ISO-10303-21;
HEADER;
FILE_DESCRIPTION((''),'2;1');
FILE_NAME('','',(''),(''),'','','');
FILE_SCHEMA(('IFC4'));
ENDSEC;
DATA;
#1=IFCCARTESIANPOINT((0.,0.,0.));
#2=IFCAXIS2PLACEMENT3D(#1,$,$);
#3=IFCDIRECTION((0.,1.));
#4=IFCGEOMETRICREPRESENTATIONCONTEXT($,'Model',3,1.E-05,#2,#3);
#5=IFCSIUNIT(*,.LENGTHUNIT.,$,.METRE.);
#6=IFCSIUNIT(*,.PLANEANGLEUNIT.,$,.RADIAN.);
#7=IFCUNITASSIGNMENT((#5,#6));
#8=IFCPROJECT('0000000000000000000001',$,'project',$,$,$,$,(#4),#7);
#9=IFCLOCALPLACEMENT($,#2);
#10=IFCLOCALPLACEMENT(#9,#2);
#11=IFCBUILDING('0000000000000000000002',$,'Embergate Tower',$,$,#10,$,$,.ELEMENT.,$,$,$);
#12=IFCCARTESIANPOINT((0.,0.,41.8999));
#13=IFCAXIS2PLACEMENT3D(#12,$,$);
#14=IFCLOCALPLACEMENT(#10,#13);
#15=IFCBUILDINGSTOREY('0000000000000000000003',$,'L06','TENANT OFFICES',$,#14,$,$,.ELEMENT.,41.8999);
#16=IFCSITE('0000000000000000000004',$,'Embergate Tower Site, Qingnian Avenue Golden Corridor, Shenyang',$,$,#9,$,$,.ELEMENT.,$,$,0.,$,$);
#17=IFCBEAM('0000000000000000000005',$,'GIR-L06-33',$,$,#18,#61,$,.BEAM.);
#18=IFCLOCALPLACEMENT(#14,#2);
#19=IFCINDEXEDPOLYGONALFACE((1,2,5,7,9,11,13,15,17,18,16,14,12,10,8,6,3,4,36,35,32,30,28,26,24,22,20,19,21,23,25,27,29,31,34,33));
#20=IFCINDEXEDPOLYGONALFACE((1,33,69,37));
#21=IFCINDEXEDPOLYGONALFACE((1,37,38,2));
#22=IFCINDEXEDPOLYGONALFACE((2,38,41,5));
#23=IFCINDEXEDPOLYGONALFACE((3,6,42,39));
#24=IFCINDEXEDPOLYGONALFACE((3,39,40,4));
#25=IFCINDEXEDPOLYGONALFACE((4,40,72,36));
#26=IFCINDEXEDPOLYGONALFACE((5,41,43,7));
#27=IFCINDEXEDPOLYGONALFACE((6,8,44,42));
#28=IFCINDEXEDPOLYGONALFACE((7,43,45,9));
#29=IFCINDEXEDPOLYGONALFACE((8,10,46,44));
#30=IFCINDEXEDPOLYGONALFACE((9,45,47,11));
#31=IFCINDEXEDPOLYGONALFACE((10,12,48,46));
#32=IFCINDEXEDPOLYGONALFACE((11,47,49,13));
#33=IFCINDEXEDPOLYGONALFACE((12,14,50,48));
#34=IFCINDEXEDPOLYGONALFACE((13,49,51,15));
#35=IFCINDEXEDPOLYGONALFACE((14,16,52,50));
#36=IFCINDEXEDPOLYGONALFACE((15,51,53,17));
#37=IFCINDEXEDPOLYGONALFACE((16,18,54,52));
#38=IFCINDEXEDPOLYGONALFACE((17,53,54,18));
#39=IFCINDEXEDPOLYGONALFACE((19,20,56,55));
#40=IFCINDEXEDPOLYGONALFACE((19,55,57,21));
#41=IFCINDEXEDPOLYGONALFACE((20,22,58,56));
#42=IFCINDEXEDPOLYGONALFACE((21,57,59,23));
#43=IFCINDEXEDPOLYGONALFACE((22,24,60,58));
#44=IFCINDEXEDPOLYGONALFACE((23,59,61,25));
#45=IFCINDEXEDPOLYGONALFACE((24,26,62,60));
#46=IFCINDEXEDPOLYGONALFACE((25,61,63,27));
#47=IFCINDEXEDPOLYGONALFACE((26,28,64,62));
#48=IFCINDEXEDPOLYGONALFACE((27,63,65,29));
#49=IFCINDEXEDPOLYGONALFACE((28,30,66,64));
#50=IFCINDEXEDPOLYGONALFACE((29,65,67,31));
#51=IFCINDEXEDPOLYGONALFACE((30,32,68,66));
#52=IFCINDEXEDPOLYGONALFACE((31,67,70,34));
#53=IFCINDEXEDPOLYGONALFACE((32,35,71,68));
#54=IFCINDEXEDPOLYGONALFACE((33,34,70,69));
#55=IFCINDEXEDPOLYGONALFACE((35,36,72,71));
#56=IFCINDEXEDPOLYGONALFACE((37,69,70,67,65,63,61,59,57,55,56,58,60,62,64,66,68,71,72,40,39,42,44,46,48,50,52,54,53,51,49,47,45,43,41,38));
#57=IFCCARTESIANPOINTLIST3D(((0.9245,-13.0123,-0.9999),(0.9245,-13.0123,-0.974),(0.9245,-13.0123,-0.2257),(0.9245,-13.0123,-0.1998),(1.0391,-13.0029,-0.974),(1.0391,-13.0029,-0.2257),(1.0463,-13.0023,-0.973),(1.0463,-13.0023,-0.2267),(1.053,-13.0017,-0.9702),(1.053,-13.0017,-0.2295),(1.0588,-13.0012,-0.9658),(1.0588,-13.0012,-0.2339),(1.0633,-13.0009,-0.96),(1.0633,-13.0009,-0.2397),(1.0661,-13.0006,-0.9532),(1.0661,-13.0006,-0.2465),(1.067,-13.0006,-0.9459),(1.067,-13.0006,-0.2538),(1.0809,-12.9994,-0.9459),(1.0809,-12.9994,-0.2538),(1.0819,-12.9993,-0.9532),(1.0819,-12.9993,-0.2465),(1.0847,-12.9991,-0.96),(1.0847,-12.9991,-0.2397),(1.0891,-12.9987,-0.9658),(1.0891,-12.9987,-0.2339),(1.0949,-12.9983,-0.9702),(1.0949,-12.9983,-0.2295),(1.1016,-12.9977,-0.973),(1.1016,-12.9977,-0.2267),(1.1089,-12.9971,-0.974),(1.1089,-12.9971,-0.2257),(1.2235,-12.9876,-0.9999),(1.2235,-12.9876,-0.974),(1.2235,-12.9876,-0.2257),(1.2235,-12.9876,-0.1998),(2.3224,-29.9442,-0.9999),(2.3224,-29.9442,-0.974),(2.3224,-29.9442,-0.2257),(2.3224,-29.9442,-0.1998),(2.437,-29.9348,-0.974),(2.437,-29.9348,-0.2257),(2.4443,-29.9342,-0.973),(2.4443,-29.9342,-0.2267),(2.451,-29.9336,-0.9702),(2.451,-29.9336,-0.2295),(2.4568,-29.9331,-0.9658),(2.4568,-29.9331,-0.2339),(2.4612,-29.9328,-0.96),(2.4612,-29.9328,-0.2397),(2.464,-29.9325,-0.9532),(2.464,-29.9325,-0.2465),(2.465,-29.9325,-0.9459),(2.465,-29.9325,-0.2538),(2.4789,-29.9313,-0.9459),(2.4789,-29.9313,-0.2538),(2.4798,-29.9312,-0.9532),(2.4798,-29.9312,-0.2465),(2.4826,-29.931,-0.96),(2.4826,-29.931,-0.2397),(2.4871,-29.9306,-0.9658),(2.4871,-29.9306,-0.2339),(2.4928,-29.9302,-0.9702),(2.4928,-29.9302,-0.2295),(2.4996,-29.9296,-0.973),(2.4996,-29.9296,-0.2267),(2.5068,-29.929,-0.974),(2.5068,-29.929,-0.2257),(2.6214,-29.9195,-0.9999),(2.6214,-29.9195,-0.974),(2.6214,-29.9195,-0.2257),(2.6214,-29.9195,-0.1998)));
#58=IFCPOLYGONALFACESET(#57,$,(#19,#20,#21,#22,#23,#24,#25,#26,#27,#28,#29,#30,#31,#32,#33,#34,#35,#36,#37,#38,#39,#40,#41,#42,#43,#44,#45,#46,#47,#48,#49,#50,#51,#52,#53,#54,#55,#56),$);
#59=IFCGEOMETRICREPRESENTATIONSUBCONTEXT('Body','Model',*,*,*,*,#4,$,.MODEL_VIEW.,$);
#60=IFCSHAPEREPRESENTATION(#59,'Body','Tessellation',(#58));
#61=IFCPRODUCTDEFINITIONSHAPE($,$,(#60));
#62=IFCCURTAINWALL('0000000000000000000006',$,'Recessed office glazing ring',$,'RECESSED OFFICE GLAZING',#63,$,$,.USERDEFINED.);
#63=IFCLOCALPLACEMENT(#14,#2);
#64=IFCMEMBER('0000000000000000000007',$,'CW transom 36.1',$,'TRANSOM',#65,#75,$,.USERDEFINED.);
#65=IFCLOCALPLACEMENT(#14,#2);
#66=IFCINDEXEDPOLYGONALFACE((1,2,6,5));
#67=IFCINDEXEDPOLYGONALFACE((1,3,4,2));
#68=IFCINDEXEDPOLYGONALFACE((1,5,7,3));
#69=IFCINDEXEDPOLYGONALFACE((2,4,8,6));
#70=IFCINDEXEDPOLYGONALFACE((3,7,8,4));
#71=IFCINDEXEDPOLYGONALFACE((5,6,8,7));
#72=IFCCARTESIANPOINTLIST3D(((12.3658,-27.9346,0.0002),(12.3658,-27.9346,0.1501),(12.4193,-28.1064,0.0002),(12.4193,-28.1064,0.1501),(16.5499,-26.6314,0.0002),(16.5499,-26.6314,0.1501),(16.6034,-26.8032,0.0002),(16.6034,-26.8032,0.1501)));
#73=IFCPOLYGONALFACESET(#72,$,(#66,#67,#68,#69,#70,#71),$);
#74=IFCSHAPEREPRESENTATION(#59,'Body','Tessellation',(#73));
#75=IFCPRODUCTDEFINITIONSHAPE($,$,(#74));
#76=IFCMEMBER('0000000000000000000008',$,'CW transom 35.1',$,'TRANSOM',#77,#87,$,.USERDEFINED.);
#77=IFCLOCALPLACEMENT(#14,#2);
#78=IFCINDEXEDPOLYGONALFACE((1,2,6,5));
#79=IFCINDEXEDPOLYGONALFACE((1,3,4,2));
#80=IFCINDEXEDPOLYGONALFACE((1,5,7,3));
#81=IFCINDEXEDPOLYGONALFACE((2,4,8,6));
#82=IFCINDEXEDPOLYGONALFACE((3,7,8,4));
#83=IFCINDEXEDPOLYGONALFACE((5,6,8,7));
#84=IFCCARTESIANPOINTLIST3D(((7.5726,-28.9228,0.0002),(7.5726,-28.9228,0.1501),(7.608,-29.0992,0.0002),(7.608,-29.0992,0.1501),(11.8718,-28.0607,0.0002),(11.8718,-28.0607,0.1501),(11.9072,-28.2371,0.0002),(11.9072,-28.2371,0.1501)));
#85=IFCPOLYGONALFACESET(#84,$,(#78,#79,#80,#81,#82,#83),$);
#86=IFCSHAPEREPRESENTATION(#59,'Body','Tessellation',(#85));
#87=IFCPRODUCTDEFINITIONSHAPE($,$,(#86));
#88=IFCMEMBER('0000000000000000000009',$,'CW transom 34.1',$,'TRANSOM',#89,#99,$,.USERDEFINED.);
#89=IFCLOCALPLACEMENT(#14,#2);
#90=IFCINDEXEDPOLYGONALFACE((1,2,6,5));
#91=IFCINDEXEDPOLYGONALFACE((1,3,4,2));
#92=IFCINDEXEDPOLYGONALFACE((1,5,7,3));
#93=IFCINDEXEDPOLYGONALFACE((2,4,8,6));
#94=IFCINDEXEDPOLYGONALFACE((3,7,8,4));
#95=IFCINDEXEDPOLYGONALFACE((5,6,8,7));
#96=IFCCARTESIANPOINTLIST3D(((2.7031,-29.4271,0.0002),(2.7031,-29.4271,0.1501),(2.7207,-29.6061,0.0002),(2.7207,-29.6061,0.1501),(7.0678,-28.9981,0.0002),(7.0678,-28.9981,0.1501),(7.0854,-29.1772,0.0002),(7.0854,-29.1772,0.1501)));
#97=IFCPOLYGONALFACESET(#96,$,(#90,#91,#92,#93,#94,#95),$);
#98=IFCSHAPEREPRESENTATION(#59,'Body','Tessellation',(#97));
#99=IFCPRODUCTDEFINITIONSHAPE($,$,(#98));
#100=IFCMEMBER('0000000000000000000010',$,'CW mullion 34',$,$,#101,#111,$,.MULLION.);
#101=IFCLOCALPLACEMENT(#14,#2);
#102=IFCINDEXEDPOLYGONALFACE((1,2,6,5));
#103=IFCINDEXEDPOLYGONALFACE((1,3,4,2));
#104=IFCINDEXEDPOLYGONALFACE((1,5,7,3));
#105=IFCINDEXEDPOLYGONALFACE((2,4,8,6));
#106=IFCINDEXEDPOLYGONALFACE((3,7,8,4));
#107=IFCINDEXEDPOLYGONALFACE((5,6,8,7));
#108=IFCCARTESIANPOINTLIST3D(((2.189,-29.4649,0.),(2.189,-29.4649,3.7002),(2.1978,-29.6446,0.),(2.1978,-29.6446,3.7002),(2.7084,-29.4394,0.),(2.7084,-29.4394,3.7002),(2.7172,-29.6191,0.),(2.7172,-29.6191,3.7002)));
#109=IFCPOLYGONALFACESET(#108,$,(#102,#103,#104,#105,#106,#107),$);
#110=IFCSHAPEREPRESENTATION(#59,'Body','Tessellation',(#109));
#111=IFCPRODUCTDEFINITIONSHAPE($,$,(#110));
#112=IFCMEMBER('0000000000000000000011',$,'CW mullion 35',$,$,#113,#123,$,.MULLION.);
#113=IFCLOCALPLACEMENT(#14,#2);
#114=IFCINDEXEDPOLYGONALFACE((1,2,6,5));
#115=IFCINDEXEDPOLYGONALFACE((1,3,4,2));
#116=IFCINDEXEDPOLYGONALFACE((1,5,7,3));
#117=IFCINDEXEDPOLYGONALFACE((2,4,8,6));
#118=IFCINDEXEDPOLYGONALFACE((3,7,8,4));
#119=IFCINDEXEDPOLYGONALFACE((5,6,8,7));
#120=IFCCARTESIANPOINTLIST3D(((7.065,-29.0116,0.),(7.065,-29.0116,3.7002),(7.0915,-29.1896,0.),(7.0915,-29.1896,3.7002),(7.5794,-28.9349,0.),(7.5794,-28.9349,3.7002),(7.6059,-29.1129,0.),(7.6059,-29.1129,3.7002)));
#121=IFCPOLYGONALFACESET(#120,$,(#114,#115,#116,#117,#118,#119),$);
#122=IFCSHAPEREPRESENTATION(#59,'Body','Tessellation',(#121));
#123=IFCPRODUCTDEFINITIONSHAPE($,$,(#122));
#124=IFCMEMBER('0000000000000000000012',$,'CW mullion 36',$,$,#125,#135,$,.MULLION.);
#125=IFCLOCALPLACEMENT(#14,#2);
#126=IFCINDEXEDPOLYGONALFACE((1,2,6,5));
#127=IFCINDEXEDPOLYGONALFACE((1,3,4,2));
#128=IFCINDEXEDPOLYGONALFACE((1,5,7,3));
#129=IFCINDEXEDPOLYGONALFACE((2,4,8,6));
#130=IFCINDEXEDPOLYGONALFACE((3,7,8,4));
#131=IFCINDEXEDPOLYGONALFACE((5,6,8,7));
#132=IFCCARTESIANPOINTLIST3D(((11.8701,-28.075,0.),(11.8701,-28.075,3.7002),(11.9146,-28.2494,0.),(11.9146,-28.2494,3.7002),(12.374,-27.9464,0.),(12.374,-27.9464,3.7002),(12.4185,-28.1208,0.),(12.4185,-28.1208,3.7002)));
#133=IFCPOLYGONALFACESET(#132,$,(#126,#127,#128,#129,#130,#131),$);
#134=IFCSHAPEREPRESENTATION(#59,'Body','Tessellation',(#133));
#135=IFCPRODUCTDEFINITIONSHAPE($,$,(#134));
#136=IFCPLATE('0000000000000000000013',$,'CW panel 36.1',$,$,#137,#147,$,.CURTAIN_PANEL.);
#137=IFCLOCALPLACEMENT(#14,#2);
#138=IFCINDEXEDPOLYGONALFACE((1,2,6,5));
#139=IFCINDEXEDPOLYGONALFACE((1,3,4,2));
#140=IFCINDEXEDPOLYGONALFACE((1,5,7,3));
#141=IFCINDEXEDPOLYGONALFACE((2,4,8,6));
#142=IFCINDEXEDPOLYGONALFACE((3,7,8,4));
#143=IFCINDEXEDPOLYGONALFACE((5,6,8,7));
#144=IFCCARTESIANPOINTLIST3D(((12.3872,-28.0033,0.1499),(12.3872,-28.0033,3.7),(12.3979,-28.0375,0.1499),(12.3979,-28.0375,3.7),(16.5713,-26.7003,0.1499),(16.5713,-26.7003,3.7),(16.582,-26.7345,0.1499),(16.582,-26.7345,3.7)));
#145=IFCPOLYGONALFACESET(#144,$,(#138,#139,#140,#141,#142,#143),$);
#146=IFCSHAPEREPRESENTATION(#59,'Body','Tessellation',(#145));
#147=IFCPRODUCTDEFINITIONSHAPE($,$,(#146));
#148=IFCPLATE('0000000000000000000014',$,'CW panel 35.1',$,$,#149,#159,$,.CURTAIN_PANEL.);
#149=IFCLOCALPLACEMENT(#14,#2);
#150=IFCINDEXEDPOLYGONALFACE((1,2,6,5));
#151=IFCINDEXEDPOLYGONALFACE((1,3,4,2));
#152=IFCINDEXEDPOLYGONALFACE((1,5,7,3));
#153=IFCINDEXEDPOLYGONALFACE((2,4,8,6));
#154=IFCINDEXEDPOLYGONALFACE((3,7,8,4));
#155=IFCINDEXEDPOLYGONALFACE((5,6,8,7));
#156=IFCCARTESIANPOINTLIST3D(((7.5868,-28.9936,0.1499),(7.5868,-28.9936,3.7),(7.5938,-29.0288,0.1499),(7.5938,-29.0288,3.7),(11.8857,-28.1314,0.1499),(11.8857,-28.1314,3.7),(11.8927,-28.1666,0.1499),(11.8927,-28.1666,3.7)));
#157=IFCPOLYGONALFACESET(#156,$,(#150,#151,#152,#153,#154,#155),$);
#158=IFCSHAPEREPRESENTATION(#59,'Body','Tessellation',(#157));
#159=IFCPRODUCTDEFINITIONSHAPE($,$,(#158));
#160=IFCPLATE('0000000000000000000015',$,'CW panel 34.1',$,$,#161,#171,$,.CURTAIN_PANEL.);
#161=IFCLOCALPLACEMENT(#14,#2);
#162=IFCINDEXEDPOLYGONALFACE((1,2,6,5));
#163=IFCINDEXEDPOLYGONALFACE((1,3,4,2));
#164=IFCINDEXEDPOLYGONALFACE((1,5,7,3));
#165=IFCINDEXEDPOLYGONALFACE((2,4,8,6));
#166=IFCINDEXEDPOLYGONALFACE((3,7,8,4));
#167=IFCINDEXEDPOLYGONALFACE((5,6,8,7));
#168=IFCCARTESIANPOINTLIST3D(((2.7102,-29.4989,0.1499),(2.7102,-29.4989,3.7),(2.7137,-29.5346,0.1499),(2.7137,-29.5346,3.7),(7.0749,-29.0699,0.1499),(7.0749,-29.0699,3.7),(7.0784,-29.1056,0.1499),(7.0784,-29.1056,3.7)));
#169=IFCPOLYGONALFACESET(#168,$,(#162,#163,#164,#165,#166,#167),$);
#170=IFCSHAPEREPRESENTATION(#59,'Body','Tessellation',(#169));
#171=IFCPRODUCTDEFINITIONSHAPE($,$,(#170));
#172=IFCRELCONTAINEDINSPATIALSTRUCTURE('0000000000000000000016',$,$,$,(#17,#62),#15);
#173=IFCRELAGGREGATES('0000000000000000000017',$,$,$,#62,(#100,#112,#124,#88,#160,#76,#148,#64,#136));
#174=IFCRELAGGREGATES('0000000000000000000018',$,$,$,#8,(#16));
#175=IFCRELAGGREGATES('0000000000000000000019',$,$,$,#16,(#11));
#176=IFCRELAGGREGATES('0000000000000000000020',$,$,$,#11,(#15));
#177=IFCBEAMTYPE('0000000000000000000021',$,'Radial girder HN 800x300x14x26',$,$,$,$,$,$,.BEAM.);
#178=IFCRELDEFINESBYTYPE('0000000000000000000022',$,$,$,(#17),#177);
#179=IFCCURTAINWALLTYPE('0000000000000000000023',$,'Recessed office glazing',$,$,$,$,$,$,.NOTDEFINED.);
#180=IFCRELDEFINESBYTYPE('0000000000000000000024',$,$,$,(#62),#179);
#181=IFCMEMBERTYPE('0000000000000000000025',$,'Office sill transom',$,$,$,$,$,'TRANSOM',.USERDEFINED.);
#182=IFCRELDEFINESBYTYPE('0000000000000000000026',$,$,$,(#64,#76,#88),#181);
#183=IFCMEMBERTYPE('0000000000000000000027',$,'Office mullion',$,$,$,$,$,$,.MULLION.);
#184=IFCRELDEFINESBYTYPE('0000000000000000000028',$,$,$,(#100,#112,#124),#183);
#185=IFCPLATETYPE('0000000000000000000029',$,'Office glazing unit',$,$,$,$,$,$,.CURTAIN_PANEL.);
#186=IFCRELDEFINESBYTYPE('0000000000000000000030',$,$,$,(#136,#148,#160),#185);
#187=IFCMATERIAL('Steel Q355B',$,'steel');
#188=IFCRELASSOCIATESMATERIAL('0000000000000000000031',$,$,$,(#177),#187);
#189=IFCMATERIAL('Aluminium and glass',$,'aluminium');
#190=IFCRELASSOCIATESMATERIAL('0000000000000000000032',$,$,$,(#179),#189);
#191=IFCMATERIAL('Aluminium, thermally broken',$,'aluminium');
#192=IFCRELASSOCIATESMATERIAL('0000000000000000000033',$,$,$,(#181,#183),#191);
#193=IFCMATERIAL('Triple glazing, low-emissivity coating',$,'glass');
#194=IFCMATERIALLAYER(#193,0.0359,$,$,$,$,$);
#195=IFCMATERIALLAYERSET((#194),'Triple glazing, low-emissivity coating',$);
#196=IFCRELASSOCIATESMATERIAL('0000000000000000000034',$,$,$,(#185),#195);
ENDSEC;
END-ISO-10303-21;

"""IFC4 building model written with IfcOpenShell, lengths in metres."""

from ifc_helpers import new_model, si_unit, direction, frame, origin, origin_2d, place, context, subcontext, project, spatial, rectangle, i_section, extrude, source, transform, mapped, material, layer, layer_set, material_profile, profile_set, type_object, element, aggregate, save


model = new_model("IFC4")

# Units and contexts
model_context = context("Model", 3, precision=1e-05, world=origin(), true_north=direction((0.0, 1.0)))
body_context = subcontext(model_context, "Body", "Model", "MODEL_VIEW")
ifc_project = project(units=[si_unit("LENGTHUNIT", "METRE"), si_unit("PLANEANGLEUNIT", "RADIAN")], contexts=[model_context])

# Site, building, storey
site_placement = place(None, origin())
site = spatial("IfcSite", under=ifc_project, at=site_placement, Name="Embergate Tower Site, Qingnian Avenue Golden Corridor, Shenyang", CompositionType="ELEMENT", RefElevation=0.0)
building_placement = place(site_placement, origin())
building = spatial("IfcBuilding", under=site, at=building_placement, Name="Embergate Tower", CompositionType="ELEMENT")
storey_placement = place(building_placement, frame((0.0, 0.0, 41.8999)))
storey = spatial("IfcBuildingStorey", under=building, at=storey_placement, Name="L06", Description="TENANT OFFICES", CompositionType="ELEMENT", Elevation=41.8999)

# Beam
ifc_material_1 = material(Name="Steel Q355B", Category="steel")
ifc_material_profile_1 = material_profile(ifc_material_1, i_section(OverallWidth=0.3, OverallDepth=0.8, WebThickness=0.0139, FlangeThickness=0.0259, FilletRadius=0.0281, at=origin_2d()), Name="HN 800x300x14x26")
ifc_profile_set_1 = profile_set([ifc_material_profile_1], Name="Steel Q355 grade B")
beam_type_1 = type_object("IfcBeamType", Name="Radial girder HN 800x300x14x26", PredefinedType="BEAM", material=ifc_profile_set_1)
shared_shape_1 = source(origin(), body_context, "Body", "SweptSolid", [
    extrude(i_section(OverallWidth=0.3, OverallDepth=0.8, WebThickness=0.0139, FlangeThickness=0.0259, FilletRadius=0.0281, at=origin_2d()), origin(), (0.0, 0.0, 1.0), 16.9895),
])
beam_1_placement = place(storey_placement, frame((2.4719, -29.9319, -0.5999), z_axis=(-0.082283, 0.996609, 0.0), x_axis=(-0.996609, -0.082283, 0.0)))
element("IfcBeam", 1, at=beam_1_placement, inside=storey, type_object=beam_type_1, Name="GIR-L06-33", PredefinedType="BEAM", context=body_context, shape_type="MappedRepresentation", body=[
    mapped(shared_shape_1, transform((0.0, 0.0, 0.0))),
])

# Curtain wall, members
ifc_material_2 = material(Name="Aluminium and glass", Category="aluminium")
curtain_wall_type = type_object("IfcCurtainWallType", Name="Recessed office glazing", PredefinedType="NOTDEFINED", material=ifc_material_2)
curtain_wall_placement = place(storey_placement, origin())
curtain_wall = element("IfcCurtainWall", 2, at=curtain_wall_placement, inside=storey, type_object=curtain_wall_type, Name="Recessed office glazing ring", ObjectType="RECESSED OFFICE GLAZING", PredefinedType="USERDEFINED")
ifc_material_3 = material(Name="Aluminium, thermally broken", Category="aluminium")
ifc_material_profile_2 = material_profile(ifc_material_3, rectangle(XDim=0.1799, YDim=0.1499, at=origin_2d()), Name="AL 150x180")
ifc_profile_set_2 = profile_set([ifc_material_profile_2], Name="Aluminium, thermally broken")
member_type_1 = type_object("IfcMemberType", Name="Office sill transom", ElementType="TRANSOM", PredefinedType="USERDEFINED", material=ifc_profile_set_2)
shared_shape_2 = source(origin(), body_context, "Body", "SweptSolid", [
    extrude(rectangle(XDim=0.1799, YDim=0.1499, at=origin_2d()), origin(), (0.0, 0.0, 1.0), 4.3823),
])
member_1_placement = place(storey_placement, frame((12.3926, -28.0205, 0.0752), z_axis=(0.954759, 0.29738, 0.0), x_axis=(-0.29738, 0.954759, 0.0)))
member_1 = element("IfcMember", 3, at=member_1_placement, type_object=member_type_1, Name="CW transom 36.1", ObjectType="TRANSOM", PredefinedType="USERDEFINED", context=body_context, shape_type="MappedRepresentation", body=[
    mapped(shared_shape_2, transform((0.0, 0.0, 0.0))),
])
shared_shape_3 = source(origin(), body_context, "Body", "SweptSolid", [
    extrude(rectangle(XDim=0.1799, YDim=0.1499, at=origin_2d()), origin(), (0.0, 0.0, 1.0), 4.3848),
])
member_2_placement = place(storey_placement, frame((7.5903, -29.011, 0.0752), z_axis=(0.980482, 0.196609, 0.0), x_axis=(-0.196609, 0.980482, 0.0)))
member_2 = element("IfcMember", 4, at=member_2_placement, type_object=member_type_1, Name="CW transom 35.1", ObjectType="TRANSOM", PredefinedType="USERDEFINED", context=body_context, shape_type="MappedRepresentation", body=[
    mapped(shared_shape_3, transform((0.0, 0.0, 0.0))),
])
shared_shape_4 = source(origin(), body_context, "Body", "SweptSolid", [
    extrude(rectangle(XDim=0.1799, YDim=0.1499, at=origin_2d()), origin(), (0.0, 0.0, 1.0), 4.3857),
])
member_3_placement = place(storey_placement, frame((2.7119, -29.5166, 0.0752), z_axis=(0.995205, 0.097806, 0.0), x_axis=(-0.097806, 0.995205, 0.0)))
member_3 = element("IfcMember", 5, at=member_3_placement, type_object=member_type_1, Name="CW transom 34.1", ObjectType="TRANSOM", PredefinedType="USERDEFINED", context=body_context, shape_type="MappedRepresentation", body=[
    mapped(shared_shape_4, transform((0.0, 0.0, 0.0))),
])
ifc_material_profile_3 = material_profile(ifc_material_3, rectangle(XDim=0.1799, YDim=0.52, at=origin_2d()), Name="AL 520x180")
ifc_profile_set_3 = profile_set([ifc_material_profile_3], Name="Aluminium, thermally broken")
member_type_2 = type_object("IfcMemberType", Name="Office mullion", PredefinedType="MULLION", material=ifc_profile_set_3)
shared_shape_5 = source(origin(), body_context, "Body", "SweptSolid", [
    extrude(rectangle(XDim=0.1799, YDim=0.52, at=origin_2d()), origin(), (0.0, 0.0, 1.0), 3.7002),
])
member_4_placement = place(storey_placement, frame((2.4531, -29.542, 0.0), z_axis=(0.0, 0.0, 1.0), x_axis=(-0.048972, 0.9988, 0.0)))
member_4 = element("IfcMember", 6, at=member_4_placement, type_object=member_type_2, Name="CW mullion 34", PredefinedType="MULLION", context=body_context, shape_type="MappedRepresentation", body=[
    mapped(shared_shape_5, transform((0.0, 0.0, 0.0))),
])
member_5_placement = place(storey_placement, frame((7.3354, -29.0623, 0.0), z_axis=(0.0, 0.0, 1.0), x_axis=(-0.147411, 0.989075, 0.0)))
member_5 = element("IfcMember", 7, at=member_5_placement, type_object=member_type_2, Name="CW mullion 35", PredefinedType="MULLION", context=body_context, shape_type="MappedRepresentation", body=[
    mapped(shared_shape_5, transform((0.0, 0.0, 0.0))),
])
member_6_placement = place(storey_placement, frame((12.1443, -28.0979, 0.0), z_axis=(0.0, 0.0, 1.0), x_axis=(-0.24731, 0.968936, 0.0)))
member_6 = element("IfcMember", 8, at=member_6_placement, type_object=member_type_2, Name="CW mullion 36", PredefinedType="MULLION", context=body_context, shape_type="MappedRepresentation", body=[
    mapped(shared_shape_5, transform((0.0, 0.0, 0.0))),
])

# Plates
ifc_material_4 = material(Name="Triple glazing, low-emissivity coating", Category="glass")
ifc_layer_1 = layer(ifc_material_4, 0.0359)
ifc_layer_set_1 = layer_set([ifc_layer_1], Name="Triple glazing, low-emissivity coating")
plate_type = type_object("IfcPlateType", Name="Office glazing unit", PredefinedType="CURTAIN_PANEL", material=ifc_layer_set_1)
shared_shape_6 = source(origin(), body_context, "Body", "SweptSolid", [
    extrude(rectangle(XDim=4.3823, YDim=0.0359, at=origin_2d()), origin(), (0.0, 0.0, 1.0), 3.55),
])
plate_1_placement = place(storey_placement, frame((14.4846, -27.3689, 0.1499), z_axis=(0.0, 0.0, 1.0), x_axis=(0.954773, 0.297337, 0.0)))
plate_1 = element("IfcPlate", 9, at=plate_1_placement, type_object=plate_type, Name="CW panel 36.1", PredefinedType="CURTAIN_PANEL", context=body_context, shape_type="MappedRepresentation", body=[
    mapped(shared_shape_6, transform((0.0, 0.0, 0.0))),
])
shared_shape_7 = source(origin(), body_context, "Body", "SweptSolid", [
    extrude(rectangle(XDim=4.3845, YDim=0.0359, at=origin_2d()), origin(), (0.0, 0.0, 1.0), 3.55),
])
plate_2_placement = place(storey_placement, frame((9.7397, -28.5801, 0.1499), z_axis=(0.0, 0.0, 1.0), x_axis=(0.980476, 0.196639, 0.0)))
plate_2 = element("IfcPlate", 10, at=plate_2_placement, type_object=plate_type, Name="CW panel 35.1", PredefinedType="CURTAIN_PANEL", context=body_context, shape_type="MappedRepresentation", body=[
    mapped(shared_shape_7, transform((0.0, 0.0, 0.0))),
])
shared_shape_8 = source(origin(), body_context, "Body", "SweptSolid", [
    extrude(rectangle(XDim=4.3857, YDim=0.0359, at=origin_2d()), origin(), (0.0, 0.0, 1.0), 3.55),
])
plate_3_placement = place(storey_placement, frame((4.8943, -29.3022, 0.1499), z_axis=(0.0, 0.0, 1.0), x_axis=(0.995203, 0.09783, 0.0)))
plate_3 = element("IfcPlate", 11, at=plate_3_placement, type_object=plate_type, Name="CW panel 34.1", PredefinedType="CURTAIN_PANEL", context=body_context, shape_type="MappedRepresentation", body=[
    mapped(shared_shape_8, transform((0.0, 0.0, 0.0))),
])
aggregate(curtain_wall, [member_4, member_5, member_6, member_3, plate_3, member_2, plate_2, member_1, plate_1])

save(model, "model.ifc")
